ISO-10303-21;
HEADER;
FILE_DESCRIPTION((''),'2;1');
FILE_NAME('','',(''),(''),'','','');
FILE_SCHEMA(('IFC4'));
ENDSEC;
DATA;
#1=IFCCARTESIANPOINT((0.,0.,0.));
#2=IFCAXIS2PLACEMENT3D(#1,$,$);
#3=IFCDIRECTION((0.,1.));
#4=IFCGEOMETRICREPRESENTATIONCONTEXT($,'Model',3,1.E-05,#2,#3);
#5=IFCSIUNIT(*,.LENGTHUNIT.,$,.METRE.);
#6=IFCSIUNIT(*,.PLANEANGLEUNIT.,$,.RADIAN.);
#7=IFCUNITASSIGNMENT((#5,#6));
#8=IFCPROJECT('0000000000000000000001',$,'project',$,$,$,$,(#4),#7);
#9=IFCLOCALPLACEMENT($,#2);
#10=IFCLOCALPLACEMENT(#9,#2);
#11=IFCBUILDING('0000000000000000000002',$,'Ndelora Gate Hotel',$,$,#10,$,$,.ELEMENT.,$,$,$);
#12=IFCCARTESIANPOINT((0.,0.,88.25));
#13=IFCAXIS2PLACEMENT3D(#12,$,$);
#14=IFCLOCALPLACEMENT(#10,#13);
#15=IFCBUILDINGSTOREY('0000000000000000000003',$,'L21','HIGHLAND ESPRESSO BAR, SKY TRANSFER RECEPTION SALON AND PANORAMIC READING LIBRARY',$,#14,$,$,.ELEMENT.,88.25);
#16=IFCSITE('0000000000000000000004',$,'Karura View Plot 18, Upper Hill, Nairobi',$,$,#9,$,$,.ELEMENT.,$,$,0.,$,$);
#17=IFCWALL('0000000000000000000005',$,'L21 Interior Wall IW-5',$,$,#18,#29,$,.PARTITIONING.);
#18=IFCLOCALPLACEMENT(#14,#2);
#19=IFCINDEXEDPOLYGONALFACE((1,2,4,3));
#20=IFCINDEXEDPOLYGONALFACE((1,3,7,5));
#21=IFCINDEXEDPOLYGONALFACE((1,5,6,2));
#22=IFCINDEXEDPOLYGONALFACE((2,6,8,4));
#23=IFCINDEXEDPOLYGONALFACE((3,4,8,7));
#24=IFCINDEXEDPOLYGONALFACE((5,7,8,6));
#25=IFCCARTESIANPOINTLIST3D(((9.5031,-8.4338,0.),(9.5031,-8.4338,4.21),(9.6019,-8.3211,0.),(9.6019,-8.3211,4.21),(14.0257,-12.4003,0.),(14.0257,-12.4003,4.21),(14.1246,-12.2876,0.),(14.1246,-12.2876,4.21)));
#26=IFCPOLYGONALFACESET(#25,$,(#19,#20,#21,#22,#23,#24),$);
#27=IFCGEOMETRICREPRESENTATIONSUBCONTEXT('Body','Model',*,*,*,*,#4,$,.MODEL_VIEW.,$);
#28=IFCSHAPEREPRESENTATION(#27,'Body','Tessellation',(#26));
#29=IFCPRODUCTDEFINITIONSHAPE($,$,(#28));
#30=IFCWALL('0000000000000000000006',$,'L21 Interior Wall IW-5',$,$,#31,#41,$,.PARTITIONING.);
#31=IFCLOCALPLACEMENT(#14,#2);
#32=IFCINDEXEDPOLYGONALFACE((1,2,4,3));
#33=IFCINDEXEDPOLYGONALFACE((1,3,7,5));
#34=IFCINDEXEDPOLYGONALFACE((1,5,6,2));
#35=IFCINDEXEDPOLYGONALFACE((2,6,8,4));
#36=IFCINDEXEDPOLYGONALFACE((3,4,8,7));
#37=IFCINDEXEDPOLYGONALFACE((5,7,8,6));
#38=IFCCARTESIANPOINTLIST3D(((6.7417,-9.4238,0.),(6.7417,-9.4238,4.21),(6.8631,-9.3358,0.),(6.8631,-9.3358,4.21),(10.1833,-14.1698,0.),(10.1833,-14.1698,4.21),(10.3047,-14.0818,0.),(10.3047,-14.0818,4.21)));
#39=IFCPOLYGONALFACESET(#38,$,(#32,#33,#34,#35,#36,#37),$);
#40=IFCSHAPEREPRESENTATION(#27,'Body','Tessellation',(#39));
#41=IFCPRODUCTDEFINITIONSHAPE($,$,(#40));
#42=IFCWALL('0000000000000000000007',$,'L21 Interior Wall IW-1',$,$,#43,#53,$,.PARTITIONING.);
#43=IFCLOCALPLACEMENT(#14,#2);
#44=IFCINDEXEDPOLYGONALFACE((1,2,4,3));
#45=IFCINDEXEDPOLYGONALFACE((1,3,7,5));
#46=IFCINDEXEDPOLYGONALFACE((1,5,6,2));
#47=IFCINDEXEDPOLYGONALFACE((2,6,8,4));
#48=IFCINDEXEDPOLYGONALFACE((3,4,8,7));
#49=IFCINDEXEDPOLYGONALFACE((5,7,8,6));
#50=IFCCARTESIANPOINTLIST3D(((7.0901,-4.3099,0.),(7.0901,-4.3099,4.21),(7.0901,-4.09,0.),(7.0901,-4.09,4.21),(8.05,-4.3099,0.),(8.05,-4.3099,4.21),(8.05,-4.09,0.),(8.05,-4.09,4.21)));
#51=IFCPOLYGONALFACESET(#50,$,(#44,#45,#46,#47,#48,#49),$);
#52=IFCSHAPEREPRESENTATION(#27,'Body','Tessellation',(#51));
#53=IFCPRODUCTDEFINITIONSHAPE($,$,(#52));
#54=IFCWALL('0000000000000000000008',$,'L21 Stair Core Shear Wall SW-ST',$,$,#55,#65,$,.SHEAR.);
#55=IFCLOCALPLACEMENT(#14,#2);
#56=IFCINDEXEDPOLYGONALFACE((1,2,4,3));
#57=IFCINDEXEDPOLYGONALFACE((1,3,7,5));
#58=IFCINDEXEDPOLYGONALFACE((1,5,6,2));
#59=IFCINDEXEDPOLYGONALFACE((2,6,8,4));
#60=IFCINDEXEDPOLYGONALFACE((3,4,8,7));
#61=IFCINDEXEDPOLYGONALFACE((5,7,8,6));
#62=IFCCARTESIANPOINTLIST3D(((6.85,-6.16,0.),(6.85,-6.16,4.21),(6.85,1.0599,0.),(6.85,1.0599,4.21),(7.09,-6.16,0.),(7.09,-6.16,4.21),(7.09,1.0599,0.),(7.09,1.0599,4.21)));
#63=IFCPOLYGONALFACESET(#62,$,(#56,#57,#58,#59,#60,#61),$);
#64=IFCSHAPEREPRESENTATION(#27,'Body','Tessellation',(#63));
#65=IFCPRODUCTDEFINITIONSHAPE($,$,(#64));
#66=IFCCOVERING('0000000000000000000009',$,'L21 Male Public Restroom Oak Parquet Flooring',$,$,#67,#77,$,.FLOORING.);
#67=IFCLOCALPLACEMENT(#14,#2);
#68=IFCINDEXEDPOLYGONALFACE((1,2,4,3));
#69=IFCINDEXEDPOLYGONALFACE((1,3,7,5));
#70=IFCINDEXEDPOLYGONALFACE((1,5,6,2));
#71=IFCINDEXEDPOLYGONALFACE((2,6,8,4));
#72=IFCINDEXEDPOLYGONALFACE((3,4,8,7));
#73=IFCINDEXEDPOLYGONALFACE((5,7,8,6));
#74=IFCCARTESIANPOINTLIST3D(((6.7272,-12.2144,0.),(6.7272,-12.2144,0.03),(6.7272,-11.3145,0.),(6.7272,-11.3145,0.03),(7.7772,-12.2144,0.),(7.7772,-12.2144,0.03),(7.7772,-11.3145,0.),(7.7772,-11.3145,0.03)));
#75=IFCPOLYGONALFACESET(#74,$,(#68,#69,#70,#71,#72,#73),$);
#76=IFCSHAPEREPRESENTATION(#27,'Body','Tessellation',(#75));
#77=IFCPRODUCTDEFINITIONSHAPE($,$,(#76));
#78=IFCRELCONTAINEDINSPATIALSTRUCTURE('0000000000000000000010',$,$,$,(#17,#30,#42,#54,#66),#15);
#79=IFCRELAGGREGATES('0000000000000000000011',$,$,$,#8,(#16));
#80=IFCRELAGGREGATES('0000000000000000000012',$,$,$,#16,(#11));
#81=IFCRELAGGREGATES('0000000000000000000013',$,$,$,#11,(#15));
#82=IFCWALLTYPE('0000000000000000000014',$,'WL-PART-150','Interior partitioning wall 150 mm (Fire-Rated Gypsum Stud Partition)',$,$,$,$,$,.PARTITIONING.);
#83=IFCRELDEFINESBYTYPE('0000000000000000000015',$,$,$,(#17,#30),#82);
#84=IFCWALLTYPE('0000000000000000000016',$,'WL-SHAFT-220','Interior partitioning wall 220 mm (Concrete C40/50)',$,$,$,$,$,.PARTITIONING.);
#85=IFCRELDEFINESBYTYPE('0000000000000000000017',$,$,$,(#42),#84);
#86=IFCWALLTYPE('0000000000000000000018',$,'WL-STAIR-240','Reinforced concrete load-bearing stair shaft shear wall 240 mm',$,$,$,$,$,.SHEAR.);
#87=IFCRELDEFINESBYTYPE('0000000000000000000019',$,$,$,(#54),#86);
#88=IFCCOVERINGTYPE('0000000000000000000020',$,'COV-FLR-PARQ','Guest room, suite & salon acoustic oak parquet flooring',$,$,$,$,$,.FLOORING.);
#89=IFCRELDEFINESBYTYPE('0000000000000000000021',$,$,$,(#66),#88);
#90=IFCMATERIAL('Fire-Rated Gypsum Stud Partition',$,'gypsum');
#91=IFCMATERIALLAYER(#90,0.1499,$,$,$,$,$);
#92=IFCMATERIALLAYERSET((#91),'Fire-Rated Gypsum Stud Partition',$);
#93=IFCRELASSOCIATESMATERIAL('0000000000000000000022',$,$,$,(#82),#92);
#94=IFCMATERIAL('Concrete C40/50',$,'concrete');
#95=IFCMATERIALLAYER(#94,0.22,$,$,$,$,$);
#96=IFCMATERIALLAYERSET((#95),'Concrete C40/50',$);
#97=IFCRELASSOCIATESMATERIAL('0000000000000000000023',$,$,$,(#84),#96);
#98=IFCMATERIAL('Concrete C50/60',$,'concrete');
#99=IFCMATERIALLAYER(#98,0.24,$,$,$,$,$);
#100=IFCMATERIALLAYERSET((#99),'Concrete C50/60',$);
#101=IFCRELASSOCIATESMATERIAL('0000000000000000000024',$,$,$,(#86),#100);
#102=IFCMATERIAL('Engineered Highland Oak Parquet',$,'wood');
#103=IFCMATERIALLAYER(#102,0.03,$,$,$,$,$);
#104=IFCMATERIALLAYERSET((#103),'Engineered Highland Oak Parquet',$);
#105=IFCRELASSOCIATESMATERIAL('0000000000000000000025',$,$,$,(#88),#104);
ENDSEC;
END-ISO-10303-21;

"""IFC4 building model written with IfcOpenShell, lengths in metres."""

from ifc_helpers import new_model, si_unit, direction, frame, frame_2d, origin, origin_2d, place, context, subcontext, project, spatial, rectangle, extrude, material, layer, layer_set, type_object, element, save


model = new_model("IFC4")

# Units and contexts
model_context = context("Model", 3, precision=1e-05, world=origin(), true_north=direction((0.0, 1.0)))
body_context = subcontext(model_context, "Body", "Model", "MODEL_VIEW")
ifc_project = project(units=[si_unit("LENGTHUNIT", "METRE"), si_unit("PLANEANGLEUNIT", "RADIAN")], contexts=[model_context])

# Site, building, storey
site_placement = place(None, origin())
site = spatial("IfcSite", under=ifc_project, at=site_placement, Name="Karura View Plot 18, Upper Hill, Nairobi", CompositionType="ELEMENT", RefElevation=0.0)
building_placement = place(site_placement, origin())
building = spatial("IfcBuilding", under=site, at=building_placement, Name="Ndelora Gate Hotel", CompositionType="ELEMENT")
storey_placement = place(building_placement, frame((0.0, 0.0, 88.25)))
storey = spatial("IfcBuildingStorey", under=building, at=storey_placement, Name="L21", Description="HIGHLAND ESPRESSO BAR, SKY TRANSFER RECEPTION SALON AND PANORAMIC READING LIBRARY", CompositionType="ELEMENT", Elevation=88.25)

# Shared definitions
ifc_material_1 = material(Name="Fire-Rated Gypsum Stud Partition", Category="gypsum")
ifc_layer_1 = layer(ifc_material_1, 0.1499)
ifc_layer_set_1 = layer_set([ifc_layer_1], Name="Fire-Rated Gypsum Stud Partition")
wall_type_1 = type_object("IfcWallType", Name="WL-PART-150", Description="Interior partitioning wall 150 mm (Fire-Rated Gypsum Stud Partition)", PredefinedType="PARTITIONING", material=ifc_layer_set_1)

# Walls
wall_1_placement = place(storey_placement, frame((9.5525, -8.3774, 0.0), z_axis=(0.0, 0.0, 1.0), x_axis=(0.751819, -0.659369, 0.0)))
element("IfcWall", 1, at=wall_1_placement, inside=storey, type_object=wall_type_1, Name="L21 Interior Wall IW-5", PredefinedType="PARTITIONING", context=body_context, shape_type="SweptSolid", body=[
    extrude(rectangle(XDim=6.0156, YDim=0.1499, at=frame_2d((3.0078, 0.0))), origin(), (0.0, 0.0, 1.0), 4.21),
])
wall_2_placement = place(storey_placement, frame((6.8025, -9.3799, 0.0), z_axis=(0.0, 0.0, 1.0), x_axis=(0.587049, -0.809551, 0.0)))
element("IfcWall", 2, at=wall_2_placement, inside=storey, type_object=wall_type_1, Name="L21 Interior Wall IW-5", PredefinedType="PARTITIONING", context=body_context, shape_type="SweptSolid", body=[
    extrude(rectangle(XDim=5.8625, YDim=0.1499, at=frame_2d((2.9312, 0.0))), origin(), (0.0, 0.0, 1.0), 4.21),
])
ifc_material_2 = material(Name="Concrete C40/50", Category="concrete")
ifc_layer_2 = layer(ifc_material_2, 0.22)
ifc_layer_set_2 = layer_set([ifc_layer_2], Name="Concrete C40/50")
wall_type_2 = type_object("IfcWallType", Name="WL-SHAFT-220", Description="Interior partitioning wall 220 mm (Concrete C40/50)", PredefinedType="PARTITIONING", material=ifc_layer_set_2)
wall_3_placement = place(storey_placement, frame((7.0901, -4.2, 0.0), z_axis=(0.0, 0.0, 1.0), x_axis=(1.0, 0.0, 0.0)))
element("IfcWall", 3, at=wall_3_placement, inside=storey, type_object=wall_type_2, Name="L21 Interior Wall IW-1", PredefinedType="PARTITIONING", context=body_context, shape_type="SweptSolid", body=[
    extrude(rectangle(XDim=0.96, YDim=0.22, at=frame_2d((0.48, 0.0))), origin(), (0.0, 0.0, 1.0), 4.21),
])
ifc_material_3 = material(Name="Concrete C50/60", Category="concrete")
ifc_layer_3 = layer(ifc_material_3, 0.24)
ifc_layer_set_3 = layer_set([ifc_layer_3], Name="Concrete C50/60")
wall_type_3 = type_object("IfcWallType", Name="WL-STAIR-240", Description="Reinforced concrete load-bearing stair shaft shear wall 240 mm", PredefinedType="SHEAR", material=ifc_layer_set_3)
wall_4_placement = place(storey_placement, frame((6.97, -6.1599, 0.0), z_axis=(0.0, 0.0, 1.0), x_axis=(0.0, 1.0, 0.0)))
element("IfcWall", 4, at=wall_4_placement, inside=storey, type_object=wall_type_3, Name="L21 Stair Core Shear Wall SW-ST", PredefinedType="SHEAR", context=body_context, shape_type="SweptSolid", body=[
    extrude(rectangle(XDim=7.22, YDim=0.24, at=frame_2d((3.6099, 0.0))), origin(), (0.0, 0.0, 1.0), 4.21),
])

# Covering
ifc_material_4 = material(Name="Engineered Highland Oak Parquet", Category="wood")
ifc_layer_4 = layer(ifc_material_4, 0.03)
ifc_layer_set_4 = layer_set([ifc_layer_4], Name="Engineered Highland Oak Parquet")
covering_type = type_object("IfcCoveringType", Name="COV-FLR-PARQ", Description="Guest room, suite & salon acoustic oak parquet flooring", PredefinedType="FLOORING", material=ifc_layer_set_4)
covering_placement = place(storey_placement, frame((7.2522, -11.7644, 0.0), z_axis=(0.0, 0.0, 1.0), x_axis=(1.0, 0.0, 0.0)))
element("IfcCovering", 5, at=covering_placement, inside=storey, type_object=covering_type, Name="L21 Male Public Restroom Oak Parquet Flooring", PredefinedType="FLOORING", context=body_context, shape_type="SweptSolid", body=[
    extrude(rectangle(XDim=1.05, YDim=0.8999, at=origin_2d()), origin(), (0.0, 0.0, 1.0), 0.03),
])

save(model, "model.ifc")
